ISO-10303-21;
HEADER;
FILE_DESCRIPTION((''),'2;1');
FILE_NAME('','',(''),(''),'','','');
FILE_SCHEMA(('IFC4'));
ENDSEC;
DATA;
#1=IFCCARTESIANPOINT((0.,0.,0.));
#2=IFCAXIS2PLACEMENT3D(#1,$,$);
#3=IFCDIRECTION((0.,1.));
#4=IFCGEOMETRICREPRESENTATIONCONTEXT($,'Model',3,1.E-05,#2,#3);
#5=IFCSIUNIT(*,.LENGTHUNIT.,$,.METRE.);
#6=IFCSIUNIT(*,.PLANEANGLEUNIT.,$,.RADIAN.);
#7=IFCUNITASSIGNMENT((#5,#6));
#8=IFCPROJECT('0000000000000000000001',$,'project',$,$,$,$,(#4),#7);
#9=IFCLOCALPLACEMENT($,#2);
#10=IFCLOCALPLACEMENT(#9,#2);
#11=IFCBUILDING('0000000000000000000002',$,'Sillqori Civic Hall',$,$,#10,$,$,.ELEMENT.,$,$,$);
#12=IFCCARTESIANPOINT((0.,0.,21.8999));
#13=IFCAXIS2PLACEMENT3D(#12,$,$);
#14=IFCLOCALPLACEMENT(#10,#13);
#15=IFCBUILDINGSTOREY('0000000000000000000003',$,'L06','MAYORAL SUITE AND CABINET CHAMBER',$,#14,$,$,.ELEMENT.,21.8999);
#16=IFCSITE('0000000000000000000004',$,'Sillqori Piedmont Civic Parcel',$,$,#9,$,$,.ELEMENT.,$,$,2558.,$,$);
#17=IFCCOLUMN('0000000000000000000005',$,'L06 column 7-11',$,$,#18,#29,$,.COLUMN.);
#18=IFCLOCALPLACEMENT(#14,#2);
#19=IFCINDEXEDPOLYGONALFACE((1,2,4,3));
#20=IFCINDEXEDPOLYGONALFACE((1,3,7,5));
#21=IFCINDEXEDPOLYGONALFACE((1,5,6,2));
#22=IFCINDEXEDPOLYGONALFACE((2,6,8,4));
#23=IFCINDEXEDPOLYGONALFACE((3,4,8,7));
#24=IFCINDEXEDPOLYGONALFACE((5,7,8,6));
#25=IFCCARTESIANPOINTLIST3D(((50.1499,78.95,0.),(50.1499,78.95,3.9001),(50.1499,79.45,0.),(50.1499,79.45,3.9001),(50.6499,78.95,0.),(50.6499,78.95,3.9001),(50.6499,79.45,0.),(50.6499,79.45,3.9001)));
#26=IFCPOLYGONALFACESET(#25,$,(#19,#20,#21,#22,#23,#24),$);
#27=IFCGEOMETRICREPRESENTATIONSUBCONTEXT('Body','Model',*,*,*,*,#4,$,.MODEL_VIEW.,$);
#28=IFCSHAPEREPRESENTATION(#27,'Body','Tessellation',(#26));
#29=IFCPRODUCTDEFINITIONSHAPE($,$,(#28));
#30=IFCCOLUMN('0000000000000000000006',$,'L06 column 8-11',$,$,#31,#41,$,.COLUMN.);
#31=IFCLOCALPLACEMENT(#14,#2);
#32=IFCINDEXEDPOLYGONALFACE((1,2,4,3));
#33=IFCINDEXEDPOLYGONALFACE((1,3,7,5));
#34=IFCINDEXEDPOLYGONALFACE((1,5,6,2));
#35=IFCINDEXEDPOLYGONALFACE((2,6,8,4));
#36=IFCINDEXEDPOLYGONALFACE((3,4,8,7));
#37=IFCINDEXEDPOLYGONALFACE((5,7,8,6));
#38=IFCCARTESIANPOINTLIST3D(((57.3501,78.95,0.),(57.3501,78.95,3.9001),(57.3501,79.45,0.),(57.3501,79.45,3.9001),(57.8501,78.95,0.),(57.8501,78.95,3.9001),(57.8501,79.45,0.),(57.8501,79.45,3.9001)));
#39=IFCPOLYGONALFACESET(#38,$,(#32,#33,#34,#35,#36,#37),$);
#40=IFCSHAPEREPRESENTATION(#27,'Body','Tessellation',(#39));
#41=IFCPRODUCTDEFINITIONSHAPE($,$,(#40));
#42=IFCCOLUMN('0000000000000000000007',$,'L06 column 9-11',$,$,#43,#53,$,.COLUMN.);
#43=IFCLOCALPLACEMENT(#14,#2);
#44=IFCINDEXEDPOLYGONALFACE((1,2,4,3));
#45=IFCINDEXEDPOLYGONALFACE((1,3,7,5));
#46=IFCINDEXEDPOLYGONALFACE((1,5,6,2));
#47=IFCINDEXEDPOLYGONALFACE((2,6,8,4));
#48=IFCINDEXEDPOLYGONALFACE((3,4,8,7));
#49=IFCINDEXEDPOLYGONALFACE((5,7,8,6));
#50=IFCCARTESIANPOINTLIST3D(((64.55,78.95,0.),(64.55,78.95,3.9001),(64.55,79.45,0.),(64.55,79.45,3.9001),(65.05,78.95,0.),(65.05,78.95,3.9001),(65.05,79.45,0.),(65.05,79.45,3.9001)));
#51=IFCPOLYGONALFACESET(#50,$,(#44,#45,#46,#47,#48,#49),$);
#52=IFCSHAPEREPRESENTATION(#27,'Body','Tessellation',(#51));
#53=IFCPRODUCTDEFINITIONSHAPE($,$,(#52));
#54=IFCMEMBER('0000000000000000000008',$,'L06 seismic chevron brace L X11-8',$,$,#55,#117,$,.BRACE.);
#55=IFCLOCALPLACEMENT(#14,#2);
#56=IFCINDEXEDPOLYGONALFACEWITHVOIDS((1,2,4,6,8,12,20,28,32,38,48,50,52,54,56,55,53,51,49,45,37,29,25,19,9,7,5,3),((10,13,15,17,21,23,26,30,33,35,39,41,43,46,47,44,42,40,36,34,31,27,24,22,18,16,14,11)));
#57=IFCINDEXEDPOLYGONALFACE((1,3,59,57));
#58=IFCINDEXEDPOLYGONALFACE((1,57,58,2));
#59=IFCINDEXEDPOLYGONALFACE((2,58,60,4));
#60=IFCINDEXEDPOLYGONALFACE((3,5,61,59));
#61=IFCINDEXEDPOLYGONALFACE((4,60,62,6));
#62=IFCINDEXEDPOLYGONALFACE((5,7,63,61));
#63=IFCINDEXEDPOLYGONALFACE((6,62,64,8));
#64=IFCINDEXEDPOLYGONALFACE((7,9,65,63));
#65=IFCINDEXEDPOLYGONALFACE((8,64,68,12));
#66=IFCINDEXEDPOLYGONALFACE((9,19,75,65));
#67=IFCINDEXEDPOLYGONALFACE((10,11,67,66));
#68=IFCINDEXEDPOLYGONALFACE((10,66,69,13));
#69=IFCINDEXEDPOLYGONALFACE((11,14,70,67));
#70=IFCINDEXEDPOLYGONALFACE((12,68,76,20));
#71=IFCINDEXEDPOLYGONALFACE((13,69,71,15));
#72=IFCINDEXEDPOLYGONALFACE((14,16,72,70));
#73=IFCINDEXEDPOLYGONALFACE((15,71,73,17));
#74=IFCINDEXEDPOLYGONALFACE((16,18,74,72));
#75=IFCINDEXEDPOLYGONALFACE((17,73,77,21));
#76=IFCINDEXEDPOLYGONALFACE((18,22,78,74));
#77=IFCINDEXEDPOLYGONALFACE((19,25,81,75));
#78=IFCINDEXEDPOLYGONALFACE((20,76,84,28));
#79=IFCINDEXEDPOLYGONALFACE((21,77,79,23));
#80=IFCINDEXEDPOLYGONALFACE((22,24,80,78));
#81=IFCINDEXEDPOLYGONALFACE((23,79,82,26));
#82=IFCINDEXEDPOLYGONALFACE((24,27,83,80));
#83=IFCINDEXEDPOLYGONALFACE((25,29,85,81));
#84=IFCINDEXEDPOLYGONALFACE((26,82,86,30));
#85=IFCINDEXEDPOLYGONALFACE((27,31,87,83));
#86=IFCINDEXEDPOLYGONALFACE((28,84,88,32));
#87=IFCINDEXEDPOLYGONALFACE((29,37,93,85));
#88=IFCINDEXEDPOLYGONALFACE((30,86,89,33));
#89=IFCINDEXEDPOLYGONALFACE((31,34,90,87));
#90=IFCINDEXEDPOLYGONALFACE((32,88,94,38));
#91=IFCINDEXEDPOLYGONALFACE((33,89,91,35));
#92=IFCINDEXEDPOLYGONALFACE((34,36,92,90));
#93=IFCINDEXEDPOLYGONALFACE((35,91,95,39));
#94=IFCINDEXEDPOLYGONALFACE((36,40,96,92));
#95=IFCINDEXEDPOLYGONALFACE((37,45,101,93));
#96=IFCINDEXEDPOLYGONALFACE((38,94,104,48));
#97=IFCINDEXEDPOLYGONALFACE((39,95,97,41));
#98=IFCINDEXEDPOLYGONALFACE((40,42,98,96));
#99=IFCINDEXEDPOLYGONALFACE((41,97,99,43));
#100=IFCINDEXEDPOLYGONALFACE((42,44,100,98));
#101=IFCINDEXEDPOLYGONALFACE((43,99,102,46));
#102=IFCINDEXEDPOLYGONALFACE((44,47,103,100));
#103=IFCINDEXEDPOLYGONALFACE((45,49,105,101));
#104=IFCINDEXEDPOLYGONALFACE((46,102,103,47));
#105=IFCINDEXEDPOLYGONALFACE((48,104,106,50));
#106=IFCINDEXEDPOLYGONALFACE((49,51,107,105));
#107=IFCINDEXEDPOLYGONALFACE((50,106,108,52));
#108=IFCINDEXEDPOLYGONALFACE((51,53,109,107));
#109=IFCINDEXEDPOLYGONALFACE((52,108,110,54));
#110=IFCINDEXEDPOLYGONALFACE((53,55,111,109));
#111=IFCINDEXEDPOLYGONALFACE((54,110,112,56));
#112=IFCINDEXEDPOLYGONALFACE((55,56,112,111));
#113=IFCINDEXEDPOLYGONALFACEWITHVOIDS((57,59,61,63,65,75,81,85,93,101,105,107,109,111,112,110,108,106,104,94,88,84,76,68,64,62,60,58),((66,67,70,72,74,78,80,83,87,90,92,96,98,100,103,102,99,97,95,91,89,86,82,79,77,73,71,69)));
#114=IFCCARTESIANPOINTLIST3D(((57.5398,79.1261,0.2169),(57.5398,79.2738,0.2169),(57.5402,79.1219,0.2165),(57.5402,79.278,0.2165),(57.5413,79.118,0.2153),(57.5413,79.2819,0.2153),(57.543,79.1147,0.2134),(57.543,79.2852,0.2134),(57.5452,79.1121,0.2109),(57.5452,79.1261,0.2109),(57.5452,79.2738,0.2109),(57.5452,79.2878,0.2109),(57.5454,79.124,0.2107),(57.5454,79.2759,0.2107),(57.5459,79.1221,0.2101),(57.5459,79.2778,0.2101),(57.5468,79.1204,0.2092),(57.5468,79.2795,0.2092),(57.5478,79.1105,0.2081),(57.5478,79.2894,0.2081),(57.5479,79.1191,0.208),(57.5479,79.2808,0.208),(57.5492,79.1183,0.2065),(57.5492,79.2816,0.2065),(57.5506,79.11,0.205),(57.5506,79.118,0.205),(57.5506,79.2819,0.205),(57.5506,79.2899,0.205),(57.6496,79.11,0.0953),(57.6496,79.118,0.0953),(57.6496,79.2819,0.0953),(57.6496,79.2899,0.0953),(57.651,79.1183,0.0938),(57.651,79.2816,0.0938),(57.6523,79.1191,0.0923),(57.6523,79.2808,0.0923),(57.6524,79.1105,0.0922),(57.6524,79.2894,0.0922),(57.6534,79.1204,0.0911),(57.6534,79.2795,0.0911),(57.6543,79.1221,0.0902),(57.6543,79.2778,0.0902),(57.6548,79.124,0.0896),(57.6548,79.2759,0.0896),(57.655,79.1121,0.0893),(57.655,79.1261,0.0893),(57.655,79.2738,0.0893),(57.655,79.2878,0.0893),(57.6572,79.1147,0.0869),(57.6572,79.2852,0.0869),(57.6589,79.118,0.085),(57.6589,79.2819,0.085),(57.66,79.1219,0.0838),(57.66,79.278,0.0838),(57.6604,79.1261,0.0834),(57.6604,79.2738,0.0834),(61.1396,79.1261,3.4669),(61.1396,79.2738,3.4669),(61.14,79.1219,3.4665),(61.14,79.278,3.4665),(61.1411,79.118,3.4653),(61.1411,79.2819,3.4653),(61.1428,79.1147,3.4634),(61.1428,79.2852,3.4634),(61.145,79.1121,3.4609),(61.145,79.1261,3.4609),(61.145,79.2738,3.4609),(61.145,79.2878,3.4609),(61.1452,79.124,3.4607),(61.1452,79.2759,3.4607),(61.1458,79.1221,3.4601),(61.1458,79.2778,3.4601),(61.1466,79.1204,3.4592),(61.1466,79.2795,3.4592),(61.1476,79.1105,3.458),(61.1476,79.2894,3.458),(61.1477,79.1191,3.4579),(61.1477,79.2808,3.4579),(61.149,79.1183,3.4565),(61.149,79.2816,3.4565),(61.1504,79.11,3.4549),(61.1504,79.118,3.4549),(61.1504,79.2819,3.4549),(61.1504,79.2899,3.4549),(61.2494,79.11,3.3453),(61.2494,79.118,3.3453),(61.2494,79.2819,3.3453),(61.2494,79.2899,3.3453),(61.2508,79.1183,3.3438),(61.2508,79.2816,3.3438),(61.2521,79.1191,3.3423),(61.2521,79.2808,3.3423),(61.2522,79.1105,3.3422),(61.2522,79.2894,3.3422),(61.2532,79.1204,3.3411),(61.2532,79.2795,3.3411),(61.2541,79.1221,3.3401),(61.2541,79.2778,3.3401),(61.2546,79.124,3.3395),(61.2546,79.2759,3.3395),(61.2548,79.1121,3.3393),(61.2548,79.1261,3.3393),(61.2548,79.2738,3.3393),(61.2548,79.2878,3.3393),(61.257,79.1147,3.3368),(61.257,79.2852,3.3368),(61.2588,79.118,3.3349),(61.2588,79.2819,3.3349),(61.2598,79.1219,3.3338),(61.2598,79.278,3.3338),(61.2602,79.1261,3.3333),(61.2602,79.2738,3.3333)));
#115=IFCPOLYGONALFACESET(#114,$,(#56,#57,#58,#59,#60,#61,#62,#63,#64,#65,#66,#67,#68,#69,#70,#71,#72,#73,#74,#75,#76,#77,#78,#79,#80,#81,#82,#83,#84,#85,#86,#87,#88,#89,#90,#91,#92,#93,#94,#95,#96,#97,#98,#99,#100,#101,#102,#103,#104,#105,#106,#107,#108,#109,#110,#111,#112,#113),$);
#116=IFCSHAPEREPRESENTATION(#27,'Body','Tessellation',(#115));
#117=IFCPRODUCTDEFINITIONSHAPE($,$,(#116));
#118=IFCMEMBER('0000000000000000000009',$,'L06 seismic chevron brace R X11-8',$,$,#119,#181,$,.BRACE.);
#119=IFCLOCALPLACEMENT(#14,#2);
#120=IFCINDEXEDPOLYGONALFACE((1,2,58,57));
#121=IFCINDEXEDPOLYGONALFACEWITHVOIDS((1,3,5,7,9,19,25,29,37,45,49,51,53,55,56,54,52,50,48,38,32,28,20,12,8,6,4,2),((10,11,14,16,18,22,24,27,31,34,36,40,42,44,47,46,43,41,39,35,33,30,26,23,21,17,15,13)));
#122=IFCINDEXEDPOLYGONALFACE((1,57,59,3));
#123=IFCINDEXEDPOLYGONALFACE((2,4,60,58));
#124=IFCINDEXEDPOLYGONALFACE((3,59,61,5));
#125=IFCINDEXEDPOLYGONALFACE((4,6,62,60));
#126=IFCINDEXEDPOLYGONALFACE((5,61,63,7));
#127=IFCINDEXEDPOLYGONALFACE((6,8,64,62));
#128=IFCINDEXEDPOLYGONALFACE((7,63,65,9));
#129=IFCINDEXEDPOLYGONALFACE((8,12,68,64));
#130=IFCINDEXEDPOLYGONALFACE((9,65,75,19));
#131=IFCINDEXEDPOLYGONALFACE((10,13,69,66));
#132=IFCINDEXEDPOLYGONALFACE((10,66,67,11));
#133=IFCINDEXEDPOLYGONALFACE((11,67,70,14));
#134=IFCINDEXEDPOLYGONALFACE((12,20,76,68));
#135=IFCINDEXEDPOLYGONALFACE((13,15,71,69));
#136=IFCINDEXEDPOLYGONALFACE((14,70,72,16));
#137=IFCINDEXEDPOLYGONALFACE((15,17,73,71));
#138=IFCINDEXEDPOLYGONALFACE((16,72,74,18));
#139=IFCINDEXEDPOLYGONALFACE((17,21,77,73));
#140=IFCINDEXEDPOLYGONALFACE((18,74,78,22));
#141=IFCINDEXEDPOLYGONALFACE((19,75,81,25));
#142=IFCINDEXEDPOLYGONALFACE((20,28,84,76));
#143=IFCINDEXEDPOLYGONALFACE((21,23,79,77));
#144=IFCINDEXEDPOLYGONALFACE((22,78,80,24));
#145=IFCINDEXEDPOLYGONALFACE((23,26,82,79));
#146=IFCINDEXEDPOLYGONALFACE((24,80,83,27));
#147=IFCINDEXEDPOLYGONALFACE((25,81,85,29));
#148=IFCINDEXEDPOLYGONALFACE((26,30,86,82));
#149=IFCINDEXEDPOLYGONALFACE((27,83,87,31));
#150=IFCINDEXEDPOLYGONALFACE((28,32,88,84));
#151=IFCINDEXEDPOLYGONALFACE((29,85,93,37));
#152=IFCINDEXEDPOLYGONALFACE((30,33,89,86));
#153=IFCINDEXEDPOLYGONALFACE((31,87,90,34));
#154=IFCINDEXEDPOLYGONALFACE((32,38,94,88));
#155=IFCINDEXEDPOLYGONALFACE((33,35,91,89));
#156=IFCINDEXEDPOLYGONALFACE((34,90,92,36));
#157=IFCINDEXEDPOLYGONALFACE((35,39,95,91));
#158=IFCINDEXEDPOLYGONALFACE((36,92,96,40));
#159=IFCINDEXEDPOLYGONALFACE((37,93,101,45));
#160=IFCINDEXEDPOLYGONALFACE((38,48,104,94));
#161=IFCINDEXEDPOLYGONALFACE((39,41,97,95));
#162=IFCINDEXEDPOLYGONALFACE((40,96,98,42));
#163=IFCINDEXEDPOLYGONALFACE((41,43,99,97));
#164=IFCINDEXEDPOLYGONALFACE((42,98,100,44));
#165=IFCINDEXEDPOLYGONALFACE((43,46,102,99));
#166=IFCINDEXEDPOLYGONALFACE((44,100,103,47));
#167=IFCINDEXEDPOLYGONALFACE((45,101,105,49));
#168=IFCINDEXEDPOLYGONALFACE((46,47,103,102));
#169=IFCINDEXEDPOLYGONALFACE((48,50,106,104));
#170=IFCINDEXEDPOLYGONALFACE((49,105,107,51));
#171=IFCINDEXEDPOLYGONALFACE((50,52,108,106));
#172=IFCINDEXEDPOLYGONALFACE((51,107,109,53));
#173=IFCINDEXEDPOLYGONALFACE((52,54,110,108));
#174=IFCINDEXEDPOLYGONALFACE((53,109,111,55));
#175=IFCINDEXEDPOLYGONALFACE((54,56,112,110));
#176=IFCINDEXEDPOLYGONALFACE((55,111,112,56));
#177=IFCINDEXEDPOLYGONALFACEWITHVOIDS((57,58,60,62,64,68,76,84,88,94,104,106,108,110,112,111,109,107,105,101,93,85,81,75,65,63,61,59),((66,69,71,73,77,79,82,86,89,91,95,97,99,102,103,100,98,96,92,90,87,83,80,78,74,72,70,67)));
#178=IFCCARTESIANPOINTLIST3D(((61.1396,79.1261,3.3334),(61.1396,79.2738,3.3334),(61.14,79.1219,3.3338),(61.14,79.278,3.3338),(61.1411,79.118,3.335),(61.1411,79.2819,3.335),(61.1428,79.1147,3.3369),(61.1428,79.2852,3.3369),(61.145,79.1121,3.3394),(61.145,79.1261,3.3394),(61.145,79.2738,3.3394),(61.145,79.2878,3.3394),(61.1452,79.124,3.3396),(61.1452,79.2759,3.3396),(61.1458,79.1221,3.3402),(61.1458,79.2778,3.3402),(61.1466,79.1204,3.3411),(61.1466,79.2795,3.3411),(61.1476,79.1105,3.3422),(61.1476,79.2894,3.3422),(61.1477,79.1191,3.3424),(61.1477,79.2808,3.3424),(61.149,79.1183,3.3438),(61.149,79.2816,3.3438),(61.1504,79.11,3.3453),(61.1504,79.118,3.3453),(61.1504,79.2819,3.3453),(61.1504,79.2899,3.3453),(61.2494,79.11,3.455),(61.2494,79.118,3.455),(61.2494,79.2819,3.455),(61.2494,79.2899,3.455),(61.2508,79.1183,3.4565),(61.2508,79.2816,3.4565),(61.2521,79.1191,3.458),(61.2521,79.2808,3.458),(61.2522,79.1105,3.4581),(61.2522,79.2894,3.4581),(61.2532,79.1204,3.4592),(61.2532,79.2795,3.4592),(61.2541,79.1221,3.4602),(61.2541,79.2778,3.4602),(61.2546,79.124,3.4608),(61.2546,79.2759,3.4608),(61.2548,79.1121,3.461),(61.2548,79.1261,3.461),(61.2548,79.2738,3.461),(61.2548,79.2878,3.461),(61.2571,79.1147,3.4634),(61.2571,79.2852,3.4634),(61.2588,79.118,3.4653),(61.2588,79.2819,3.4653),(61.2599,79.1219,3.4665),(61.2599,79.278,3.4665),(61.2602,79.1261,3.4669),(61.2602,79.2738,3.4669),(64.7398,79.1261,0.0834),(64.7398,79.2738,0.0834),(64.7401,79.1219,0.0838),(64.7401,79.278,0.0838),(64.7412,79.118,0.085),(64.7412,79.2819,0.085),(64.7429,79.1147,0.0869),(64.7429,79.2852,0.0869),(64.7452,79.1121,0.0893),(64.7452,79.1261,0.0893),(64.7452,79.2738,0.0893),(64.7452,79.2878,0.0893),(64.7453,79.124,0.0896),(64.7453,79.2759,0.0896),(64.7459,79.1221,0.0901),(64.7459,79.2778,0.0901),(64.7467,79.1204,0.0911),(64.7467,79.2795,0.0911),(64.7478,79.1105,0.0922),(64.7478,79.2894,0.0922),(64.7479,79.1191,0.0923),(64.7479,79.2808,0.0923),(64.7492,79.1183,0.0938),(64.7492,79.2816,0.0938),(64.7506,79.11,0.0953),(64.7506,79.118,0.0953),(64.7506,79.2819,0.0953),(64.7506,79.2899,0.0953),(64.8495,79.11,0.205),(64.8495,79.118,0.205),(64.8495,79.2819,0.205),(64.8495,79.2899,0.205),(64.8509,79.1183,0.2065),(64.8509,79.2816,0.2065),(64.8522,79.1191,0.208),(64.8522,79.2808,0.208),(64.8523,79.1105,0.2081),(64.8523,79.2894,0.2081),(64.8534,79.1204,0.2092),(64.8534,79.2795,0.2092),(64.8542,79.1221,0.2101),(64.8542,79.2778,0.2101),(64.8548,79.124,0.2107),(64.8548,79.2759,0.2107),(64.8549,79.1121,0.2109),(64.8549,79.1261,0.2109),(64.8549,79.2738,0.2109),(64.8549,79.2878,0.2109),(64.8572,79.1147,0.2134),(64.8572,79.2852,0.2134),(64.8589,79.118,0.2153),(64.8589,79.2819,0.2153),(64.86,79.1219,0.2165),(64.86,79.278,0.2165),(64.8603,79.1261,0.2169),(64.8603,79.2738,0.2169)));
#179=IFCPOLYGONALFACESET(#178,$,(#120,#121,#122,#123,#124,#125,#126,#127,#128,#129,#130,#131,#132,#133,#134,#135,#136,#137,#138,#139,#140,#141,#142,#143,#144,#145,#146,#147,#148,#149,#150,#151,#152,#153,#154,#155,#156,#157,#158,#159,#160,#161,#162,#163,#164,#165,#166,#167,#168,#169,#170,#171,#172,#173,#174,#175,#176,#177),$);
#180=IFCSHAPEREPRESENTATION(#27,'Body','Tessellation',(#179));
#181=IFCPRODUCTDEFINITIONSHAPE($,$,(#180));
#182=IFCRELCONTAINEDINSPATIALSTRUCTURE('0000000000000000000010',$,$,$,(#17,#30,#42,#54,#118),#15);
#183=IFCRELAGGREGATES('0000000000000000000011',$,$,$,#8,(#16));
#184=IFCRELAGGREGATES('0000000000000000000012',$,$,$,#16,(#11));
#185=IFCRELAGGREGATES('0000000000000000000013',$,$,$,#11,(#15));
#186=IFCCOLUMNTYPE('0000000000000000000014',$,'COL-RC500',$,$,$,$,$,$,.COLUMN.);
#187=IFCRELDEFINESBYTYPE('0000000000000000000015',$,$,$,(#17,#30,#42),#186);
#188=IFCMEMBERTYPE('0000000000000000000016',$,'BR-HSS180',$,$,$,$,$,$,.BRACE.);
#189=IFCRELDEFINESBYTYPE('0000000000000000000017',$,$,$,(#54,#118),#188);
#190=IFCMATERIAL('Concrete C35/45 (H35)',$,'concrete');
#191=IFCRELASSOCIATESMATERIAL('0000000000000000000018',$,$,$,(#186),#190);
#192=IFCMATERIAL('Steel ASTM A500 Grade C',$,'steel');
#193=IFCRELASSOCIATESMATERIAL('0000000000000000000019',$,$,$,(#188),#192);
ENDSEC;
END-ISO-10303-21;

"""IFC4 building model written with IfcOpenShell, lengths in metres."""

from ifc_helpers import new_model, si_unit, direction, frame, origin, origin_2d, place, context, subcontext, project, spatial, rectangle, hollow_rectangle, extrude, material, material_profile, profile_set, type_object, element, save


model = new_model("IFC4")

# Units and contexts
model_context = context("Model", 3, precision=1e-05, world=origin(), true_north=direction((0.0, 1.0)))
body_context = subcontext(model_context, "Body", "Model", "MODEL_VIEW")
ifc_project = project(units=[si_unit("LENGTHUNIT", "METRE"), si_unit("PLANEANGLEUNIT", "RADIAN")], contexts=[model_context])

# Site, building, storey
site_placement = place(None, origin())
site = spatial("IfcSite", under=ifc_project, at=site_placement, Name="Sillqori Piedmont Civic Parcel", CompositionType="ELEMENT", RefElevation=2558.0)
building_placement = place(site_placement, origin())
building = spatial("IfcBuilding", under=site, at=building_placement, Name="Sillqori Civic Hall", CompositionType="ELEMENT")
storey_placement = place(building_placement, frame((0.0, 0.0, 21.8999)))
storey = spatial("IfcBuildingStorey", under=building, at=storey_placement, Name="L06", Description="MAYORAL SUITE AND CABINET CHAMBER", CompositionType="ELEMENT", Elevation=21.8999)

# Columns
ifc_material_1 = material(Name="Concrete C35/45 (H35)", Category="concrete")
ifc_material_profile_1 = material_profile(ifc_material_1, rectangle(XDim=0.5, YDim=0.5, at=origin_2d()), Name="RC 500x500")
ifc_profile_set_1 = profile_set([ifc_material_profile_1], Name="Concrete C35/45 (H35)")
column_type = type_object("IfcColumnType", Name="COL-RC500", PredefinedType="COLUMN", material=ifc_profile_set_1)
for number, where, z_axis, x_axis, name in (
    (1, (50.3999, 79.2, 0.0), (0.0, 0.0, 1.0), (1.0, 0.0, 0.0), "L06 column 7-11"),
    (2, (57.6001, 79.2, 0.0), (0.0, 0.0, 1.0), (1.0, 0.0, 0.0), "L06 column 8-11"),
    (3, (64.8, 79.2, 0.0), (0.0, 0.0, 1.0), (1.0, 0.0, 0.0), "L06 column 9-11"),
):
    element("IfcColumn", number, at=place(storey_placement, frame(where, z_axis=z_axis, x_axis=x_axis)), inside=storey, type_object=column_type, Name=name, PredefinedType="COLUMN", context=body_context, shape_type="SweptSolid", body=[
        extrude(rectangle(XDim=0.5, YDim=0.5, at=origin_2d()), origin(), (0.0, 0.0, 1.0), 3.9001),
    ])

# Members
ifc_material_2 = material(Name="Steel ASTM A500 Grade C", Category="steel")
ifc_material_profile_2 = material_profile(ifc_material_2, hollow_rectangle(XDim=0.1799, YDim=0.1799, WallThickness=0.0081, InnerFilletRadius=0.0081, OuterFilletRadius=0.0161, at=origin_2d()), Name="HSS180X180X8")
ifc_profile_set_2 = profile_set([ifc_material_profile_2], Name="Steel ASTM A500 Grade C")
member_type = type_object("IfcMemberType", Name="BR-HSS180", PredefinedType="BRACE", material=ifc_profile_set_2)
member_1_placement = place(storey_placement, frame((57.6001, 79.2, 0.1501), z_axis=(0.742254, 0.0, 0.670118), x_axis=(0.0, 1.0, 0.0)))
element("IfcMember", 4, at=member_1_placement, inside=storey, type_object=member_type, Name="L06 seismic chevron brace L X11-8", PredefinedType="BRACE", context=body_context, shape_type="SweptSolid", body=[
    extrude(hollow_rectangle(XDim=0.1799, YDim=0.1799, WallThickness=0.0081, InnerFilletRadius=0.0081, OuterFilletRadius=0.0161, at=origin_2d()), origin(), (0.0, 0.0, 1.0), 4.8499),
])
member_2_placement = place(storey_placement, frame((64.8, 79.2, 0.1501), z_axis=(-0.742277, 0.0, 0.670093), x_axis=(0.0, -1.0, 0.0)))
element("IfcMember", 5, at=member_2_placement, inside=storey, type_object=member_type, Name="L06 seismic chevron brace R X11-8", PredefinedType="BRACE", context=body_context, shape_type="SweptSolid", body=[
    extrude(hollow_rectangle(XDim=0.1799, YDim=0.1799, WallThickness=0.0081, InnerFilletRadius=0.0081, OuterFilletRadius=0.0161, at=origin_2d()), origin(), (0.0, 0.0, 1.0), 4.8501),
])

save(model, "model.ifc")
